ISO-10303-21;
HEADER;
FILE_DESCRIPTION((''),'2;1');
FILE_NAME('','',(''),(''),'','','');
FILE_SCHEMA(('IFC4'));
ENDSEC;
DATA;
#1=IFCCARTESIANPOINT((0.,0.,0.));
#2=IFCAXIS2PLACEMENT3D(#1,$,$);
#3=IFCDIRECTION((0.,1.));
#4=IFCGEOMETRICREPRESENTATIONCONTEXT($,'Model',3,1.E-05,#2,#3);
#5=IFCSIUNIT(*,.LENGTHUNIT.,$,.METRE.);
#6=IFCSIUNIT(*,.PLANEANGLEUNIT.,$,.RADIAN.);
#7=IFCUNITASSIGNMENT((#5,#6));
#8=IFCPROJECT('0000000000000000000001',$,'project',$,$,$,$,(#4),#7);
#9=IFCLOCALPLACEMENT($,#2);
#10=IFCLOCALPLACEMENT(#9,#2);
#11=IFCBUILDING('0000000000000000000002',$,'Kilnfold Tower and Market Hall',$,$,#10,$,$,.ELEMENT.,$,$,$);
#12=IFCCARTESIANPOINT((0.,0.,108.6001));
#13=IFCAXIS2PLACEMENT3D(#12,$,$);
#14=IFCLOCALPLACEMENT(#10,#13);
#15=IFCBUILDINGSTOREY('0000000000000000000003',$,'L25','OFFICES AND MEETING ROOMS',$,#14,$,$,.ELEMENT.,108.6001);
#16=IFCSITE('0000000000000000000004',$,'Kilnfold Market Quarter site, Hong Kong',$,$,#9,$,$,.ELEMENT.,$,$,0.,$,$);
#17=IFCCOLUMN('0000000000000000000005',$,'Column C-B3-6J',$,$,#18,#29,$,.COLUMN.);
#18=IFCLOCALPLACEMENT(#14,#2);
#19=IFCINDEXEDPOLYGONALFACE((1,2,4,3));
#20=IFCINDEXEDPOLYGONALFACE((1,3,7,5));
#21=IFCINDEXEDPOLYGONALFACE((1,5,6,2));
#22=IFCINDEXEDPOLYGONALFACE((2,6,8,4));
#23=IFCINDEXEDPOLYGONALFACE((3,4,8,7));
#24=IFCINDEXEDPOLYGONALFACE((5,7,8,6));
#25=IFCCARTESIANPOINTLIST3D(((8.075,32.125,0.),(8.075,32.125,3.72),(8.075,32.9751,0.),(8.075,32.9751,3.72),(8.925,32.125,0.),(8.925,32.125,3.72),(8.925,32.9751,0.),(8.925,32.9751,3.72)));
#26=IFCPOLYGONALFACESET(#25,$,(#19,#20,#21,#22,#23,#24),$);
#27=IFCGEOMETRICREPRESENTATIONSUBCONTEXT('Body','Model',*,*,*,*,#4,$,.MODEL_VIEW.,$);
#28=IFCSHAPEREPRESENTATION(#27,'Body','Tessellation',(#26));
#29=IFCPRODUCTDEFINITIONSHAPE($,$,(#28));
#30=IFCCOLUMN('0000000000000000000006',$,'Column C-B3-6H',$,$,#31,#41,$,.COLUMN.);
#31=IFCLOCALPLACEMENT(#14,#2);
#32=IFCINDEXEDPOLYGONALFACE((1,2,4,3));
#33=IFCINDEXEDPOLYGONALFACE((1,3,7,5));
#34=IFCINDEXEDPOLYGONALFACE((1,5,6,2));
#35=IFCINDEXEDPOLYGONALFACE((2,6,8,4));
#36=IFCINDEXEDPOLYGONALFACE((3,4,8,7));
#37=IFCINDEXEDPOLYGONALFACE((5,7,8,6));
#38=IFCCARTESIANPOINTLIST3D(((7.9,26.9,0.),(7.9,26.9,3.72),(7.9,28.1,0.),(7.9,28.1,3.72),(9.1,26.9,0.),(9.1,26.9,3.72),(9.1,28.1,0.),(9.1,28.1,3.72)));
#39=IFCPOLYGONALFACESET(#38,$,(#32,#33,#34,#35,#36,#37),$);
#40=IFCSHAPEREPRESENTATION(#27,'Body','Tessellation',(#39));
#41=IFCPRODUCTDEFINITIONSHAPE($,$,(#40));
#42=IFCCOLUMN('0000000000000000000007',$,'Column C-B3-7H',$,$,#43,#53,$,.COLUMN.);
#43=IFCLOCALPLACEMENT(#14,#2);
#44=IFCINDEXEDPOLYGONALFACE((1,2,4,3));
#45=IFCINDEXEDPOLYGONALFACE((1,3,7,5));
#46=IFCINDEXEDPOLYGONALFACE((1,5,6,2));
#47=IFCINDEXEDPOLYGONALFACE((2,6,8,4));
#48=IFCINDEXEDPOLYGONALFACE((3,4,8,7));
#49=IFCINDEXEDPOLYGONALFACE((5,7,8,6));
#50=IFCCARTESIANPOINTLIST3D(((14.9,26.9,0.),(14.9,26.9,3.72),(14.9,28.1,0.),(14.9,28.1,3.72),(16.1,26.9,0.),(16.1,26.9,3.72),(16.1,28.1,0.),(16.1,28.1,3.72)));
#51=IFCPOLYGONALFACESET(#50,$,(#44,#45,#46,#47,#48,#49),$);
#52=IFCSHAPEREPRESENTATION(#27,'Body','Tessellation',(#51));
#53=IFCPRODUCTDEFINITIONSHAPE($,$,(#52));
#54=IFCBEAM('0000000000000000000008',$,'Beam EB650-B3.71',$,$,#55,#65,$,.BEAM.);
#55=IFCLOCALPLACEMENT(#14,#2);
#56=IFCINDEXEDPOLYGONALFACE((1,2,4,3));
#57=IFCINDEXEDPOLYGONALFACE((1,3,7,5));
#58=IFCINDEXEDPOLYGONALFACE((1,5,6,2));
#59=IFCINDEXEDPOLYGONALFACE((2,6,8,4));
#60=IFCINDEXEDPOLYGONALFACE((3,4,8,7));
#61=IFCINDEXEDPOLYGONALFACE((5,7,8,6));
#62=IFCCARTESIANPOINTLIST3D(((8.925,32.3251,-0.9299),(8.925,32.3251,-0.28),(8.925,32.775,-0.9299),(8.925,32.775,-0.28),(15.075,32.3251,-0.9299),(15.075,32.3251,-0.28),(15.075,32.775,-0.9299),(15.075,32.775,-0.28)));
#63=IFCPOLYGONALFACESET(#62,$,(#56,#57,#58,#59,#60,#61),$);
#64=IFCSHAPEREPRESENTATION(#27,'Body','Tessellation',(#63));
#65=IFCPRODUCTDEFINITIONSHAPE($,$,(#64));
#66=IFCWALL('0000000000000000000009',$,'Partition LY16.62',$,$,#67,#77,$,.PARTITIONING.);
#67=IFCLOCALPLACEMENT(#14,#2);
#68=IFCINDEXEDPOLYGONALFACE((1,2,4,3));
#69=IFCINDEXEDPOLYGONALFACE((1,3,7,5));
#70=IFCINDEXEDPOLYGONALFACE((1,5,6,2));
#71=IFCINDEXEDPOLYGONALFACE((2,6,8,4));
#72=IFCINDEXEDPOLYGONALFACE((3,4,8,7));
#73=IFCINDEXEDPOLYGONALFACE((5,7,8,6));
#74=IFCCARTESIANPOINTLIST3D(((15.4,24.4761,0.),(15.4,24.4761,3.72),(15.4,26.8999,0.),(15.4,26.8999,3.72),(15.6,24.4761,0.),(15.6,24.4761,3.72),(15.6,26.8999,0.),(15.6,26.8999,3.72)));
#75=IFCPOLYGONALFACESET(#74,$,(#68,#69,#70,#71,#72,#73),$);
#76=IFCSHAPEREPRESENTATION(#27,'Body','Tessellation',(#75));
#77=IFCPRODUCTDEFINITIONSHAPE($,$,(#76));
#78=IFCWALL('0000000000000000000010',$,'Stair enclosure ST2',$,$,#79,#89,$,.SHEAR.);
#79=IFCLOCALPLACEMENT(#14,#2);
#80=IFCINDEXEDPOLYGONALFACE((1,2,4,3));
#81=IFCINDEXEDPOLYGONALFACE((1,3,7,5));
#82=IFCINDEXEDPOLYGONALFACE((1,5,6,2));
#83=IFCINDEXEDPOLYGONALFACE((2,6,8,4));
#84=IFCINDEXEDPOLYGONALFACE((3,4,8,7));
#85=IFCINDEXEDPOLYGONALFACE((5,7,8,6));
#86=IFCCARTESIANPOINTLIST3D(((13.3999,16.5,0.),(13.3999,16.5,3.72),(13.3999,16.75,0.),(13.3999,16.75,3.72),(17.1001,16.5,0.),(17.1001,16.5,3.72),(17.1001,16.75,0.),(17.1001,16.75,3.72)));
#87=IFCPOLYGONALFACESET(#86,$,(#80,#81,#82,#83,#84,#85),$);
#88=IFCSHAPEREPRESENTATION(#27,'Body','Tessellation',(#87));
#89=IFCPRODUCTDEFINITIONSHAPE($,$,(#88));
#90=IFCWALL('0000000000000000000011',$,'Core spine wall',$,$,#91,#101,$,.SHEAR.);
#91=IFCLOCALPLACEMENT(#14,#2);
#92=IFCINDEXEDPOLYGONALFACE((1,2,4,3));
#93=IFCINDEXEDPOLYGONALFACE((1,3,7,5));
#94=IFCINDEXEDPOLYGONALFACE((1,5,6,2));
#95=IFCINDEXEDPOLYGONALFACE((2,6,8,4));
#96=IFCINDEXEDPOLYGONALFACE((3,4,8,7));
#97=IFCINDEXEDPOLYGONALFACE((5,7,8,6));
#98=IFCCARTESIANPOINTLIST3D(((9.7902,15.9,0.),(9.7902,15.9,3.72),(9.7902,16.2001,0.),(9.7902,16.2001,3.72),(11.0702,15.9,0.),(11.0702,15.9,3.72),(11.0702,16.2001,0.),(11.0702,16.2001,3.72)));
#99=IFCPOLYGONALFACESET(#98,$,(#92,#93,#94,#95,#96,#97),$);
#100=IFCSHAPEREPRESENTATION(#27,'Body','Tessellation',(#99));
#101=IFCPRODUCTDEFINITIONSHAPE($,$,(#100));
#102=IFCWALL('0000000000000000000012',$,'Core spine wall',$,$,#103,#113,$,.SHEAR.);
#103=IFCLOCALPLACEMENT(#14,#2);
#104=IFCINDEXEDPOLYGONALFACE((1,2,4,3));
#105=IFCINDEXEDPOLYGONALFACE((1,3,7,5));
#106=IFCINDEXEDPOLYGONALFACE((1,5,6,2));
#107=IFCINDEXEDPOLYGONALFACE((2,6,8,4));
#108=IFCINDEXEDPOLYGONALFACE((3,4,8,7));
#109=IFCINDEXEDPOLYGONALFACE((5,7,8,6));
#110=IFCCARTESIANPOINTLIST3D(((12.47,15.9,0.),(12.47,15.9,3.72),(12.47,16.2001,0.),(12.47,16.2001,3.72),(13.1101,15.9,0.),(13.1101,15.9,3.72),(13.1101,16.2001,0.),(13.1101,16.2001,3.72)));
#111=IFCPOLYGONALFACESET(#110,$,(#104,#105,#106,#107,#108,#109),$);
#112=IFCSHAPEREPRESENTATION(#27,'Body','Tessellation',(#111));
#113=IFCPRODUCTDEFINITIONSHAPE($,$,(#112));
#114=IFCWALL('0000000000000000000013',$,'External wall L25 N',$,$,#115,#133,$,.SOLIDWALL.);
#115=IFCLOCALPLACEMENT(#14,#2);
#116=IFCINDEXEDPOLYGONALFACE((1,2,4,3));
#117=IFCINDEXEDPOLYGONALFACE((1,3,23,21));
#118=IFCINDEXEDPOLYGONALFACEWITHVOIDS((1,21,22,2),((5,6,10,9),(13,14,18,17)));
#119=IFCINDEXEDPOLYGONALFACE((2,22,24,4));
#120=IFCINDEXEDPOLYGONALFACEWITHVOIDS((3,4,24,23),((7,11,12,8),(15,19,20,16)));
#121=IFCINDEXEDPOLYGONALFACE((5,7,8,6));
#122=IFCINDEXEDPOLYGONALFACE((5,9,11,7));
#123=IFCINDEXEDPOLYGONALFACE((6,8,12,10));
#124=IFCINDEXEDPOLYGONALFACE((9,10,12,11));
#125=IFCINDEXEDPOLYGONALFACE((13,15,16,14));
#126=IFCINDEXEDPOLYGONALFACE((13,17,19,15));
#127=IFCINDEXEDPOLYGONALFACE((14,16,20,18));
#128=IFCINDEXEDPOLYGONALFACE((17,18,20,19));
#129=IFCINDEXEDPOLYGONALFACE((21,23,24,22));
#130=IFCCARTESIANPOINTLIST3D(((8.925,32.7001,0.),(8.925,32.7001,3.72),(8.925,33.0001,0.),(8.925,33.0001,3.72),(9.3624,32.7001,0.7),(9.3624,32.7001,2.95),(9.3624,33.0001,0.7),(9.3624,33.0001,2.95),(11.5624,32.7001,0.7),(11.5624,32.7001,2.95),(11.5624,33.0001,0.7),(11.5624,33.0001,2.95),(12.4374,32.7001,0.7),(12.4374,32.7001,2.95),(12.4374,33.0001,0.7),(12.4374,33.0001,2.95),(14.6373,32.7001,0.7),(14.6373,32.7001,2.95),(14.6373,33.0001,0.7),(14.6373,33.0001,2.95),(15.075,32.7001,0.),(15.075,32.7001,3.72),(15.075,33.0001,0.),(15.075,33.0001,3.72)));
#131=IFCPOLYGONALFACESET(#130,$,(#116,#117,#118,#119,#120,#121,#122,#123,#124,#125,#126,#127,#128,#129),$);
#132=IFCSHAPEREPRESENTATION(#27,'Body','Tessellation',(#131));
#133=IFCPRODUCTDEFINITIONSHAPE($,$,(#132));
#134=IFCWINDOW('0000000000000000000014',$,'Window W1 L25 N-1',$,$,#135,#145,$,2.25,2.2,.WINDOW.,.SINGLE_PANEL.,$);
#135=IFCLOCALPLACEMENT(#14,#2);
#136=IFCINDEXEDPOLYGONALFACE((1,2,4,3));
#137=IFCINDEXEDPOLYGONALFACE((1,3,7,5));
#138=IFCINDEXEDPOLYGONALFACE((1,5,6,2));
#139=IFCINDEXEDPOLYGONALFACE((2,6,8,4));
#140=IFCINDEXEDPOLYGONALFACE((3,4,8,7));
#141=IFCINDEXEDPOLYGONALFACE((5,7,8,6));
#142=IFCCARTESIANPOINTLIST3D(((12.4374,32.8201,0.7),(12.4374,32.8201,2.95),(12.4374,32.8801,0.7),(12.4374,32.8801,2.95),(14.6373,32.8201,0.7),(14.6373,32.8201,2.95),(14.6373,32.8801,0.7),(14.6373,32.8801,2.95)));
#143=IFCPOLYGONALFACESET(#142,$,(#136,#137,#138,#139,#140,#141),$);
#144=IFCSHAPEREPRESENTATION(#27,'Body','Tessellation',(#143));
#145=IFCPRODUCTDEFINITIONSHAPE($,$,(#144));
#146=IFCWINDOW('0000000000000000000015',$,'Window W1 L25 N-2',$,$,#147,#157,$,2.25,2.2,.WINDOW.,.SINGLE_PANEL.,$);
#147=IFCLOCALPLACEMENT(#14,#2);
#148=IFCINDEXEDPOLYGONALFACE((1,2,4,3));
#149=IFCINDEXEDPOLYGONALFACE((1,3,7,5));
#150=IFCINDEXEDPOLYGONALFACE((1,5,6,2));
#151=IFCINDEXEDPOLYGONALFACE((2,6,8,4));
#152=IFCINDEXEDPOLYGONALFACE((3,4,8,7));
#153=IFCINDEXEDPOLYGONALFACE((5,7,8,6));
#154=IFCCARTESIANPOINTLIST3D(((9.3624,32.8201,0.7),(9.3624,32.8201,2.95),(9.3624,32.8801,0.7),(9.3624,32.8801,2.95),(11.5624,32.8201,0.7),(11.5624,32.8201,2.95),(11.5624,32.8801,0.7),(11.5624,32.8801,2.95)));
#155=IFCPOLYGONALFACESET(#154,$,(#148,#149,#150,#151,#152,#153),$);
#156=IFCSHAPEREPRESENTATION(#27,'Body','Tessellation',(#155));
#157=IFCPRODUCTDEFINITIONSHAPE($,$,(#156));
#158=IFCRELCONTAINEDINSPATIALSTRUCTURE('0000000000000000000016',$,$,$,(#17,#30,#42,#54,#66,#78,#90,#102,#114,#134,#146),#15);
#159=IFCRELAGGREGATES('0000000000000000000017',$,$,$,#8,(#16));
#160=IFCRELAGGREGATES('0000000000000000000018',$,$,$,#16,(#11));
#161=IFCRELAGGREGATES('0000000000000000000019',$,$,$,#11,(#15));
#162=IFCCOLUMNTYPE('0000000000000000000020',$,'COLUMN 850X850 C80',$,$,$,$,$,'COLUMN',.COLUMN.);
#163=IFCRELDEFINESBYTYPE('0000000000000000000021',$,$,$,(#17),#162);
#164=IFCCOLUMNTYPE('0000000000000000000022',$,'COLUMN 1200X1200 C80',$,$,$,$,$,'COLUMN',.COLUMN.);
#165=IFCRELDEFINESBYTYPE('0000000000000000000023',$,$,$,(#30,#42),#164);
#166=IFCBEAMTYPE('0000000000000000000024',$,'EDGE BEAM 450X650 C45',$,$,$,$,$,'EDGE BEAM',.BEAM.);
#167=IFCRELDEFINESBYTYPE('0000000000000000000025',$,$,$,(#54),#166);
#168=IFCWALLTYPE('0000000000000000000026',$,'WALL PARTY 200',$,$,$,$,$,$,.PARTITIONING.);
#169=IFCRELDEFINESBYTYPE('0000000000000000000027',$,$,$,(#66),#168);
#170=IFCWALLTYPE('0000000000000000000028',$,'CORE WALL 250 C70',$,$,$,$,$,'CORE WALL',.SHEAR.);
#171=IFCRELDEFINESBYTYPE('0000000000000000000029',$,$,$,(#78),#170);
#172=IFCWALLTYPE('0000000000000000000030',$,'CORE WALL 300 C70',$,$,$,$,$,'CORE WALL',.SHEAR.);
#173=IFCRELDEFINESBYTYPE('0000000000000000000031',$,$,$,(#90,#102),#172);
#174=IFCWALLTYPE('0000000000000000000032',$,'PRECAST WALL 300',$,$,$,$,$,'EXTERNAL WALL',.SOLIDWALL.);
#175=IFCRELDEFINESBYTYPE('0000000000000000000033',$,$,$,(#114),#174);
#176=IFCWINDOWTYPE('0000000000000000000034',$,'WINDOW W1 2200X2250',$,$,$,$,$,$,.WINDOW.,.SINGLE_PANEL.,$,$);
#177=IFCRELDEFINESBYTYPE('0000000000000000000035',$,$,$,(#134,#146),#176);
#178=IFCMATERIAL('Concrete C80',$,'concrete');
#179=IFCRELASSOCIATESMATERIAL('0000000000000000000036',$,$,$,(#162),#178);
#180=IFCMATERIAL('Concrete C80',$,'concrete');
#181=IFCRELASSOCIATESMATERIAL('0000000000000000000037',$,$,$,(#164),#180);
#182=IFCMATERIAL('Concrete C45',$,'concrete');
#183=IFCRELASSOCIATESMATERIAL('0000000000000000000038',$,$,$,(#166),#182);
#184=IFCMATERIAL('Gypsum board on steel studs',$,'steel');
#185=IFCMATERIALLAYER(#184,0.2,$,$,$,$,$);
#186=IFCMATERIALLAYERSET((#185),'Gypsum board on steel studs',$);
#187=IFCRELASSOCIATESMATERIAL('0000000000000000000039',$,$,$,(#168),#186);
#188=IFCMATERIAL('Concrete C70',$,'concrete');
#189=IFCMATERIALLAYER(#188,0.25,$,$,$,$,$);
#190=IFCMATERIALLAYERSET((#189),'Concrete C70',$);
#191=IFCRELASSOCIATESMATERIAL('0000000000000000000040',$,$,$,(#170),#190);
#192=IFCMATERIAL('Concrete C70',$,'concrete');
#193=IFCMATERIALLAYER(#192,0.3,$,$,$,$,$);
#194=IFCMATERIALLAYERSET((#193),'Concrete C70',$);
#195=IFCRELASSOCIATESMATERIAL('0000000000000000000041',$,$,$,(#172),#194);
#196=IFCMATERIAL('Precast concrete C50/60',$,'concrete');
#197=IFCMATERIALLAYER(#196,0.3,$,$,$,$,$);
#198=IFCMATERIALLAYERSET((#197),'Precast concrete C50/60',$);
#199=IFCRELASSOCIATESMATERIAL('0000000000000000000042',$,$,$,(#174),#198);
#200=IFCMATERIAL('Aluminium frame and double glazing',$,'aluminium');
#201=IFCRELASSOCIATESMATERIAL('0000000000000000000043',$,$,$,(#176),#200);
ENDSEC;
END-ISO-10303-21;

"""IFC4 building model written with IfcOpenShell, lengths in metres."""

from ifc_helpers import new_model, si_unit, direction, frame, frame_2d, origin, origin_2d, place, context, subcontext, project, spatial, rectangle, extrude, source, transform, mapped, material, layer, layer_set, material_profile, profile_set, type_object, element, fill, save


model = new_model("IFC4")

# Units and contexts
model_context = context("Model", 3, precision=1e-05, world=origin(), true_north=direction((0.0, 1.0)))
body_context = subcontext(model_context, "Body", "Model", "MODEL_VIEW")
ifc_project = project(units=[si_unit("LENGTHUNIT", "METRE"), si_unit("PLANEANGLEUNIT", "RADIAN")], contexts=[model_context])

# Site, building, storey
site_placement = place(None, origin())
site = spatial("IfcSite", under=ifc_project, at=site_placement, Name="Kilnfold Market Quarter site, Hong Kong", CompositionType="ELEMENT", RefElevation=0.0)
building_placement = place(site_placement, origin())
building = spatial("IfcBuilding", under=site, at=building_placement, Name="Kilnfold Tower and Market Hall", CompositionType="ELEMENT")
storey_placement = place(building_placement, frame((0.0, 0.0, 108.6001)))
storey = spatial("IfcBuildingStorey", under=building, at=storey_placement, Name="L25", Description="OFFICES AND MEETING ROOMS", CompositionType="ELEMENT", Elevation=108.6001)

# Columns
ifc_material_1 = material(Name="Concrete C80", Category="concrete")
ifc_material_profile_1 = material_profile(ifc_material_1, rectangle(XDim=0.8501, YDim=0.8501, at=origin_2d()), Name="RC 850x850")
ifc_profile_set_1 = profile_set([ifc_material_profile_1], Name="Concrete C80")
column_type_1 = type_object("IfcColumnType", Name="COLUMN 850X850 C80", ElementType="COLUMN", PredefinedType="COLUMN", material=ifc_profile_set_1)
shared_shape_1 = source(origin(), body_context, "Body", "SweptSolid", [
    extrude(rectangle(XDim=0.8501, YDim=0.8501, at=origin_2d()), origin(), (0.0, 0.0, 1.0), 3.72),
])
column_placement = place(storey_placement, frame((8.5, 32.55, 0.0), z_axis=(0.0, 0.0, 1.0), x_axis=(1.0, 0.0, 0.0)))
element("IfcColumn", 1, at=column_placement, inside=storey, type_object=column_type_1, Name="Column C-B3-6J", PredefinedType="COLUMN", context=body_context, shape_type="MappedRepresentation", body=[
    mapped(shared_shape_1, transform((0.0, 0.0, 0.0))),
])
ifc_material_2 = material(Name="Concrete C80", Category="concrete")
ifc_material_profile_2 = material_profile(ifc_material_2, rectangle(XDim=1.2, YDim=1.2, at=origin_2d()), Name="RC 1200x1200")
ifc_profile_set_2 = profile_set([ifc_material_profile_2], Name="Concrete C80")
column_type_2 = type_object("IfcColumnType", Name="COLUMN 1200X1200 C80", ElementType="COLUMN", PredefinedType="COLUMN", material=ifc_profile_set_2)
shared_shape_2 = source(origin(), body_context, "Body", "SweptSolid", [
    extrude(rectangle(XDim=1.2, YDim=1.2, at=origin_2d()), origin(), (0.0, 0.0, 1.0), 3.72),
])
for number, where, z_axis, x_axis, name in (
    (2, (8.5, 27.5, 0.0), (0.0, 0.0, 1.0), (1.0, 0.0, 0.0), "Column C-B3-6H"),
    (3, (15.5, 27.5, 0.0), (0.0, 0.0, 1.0), (1.0, 0.0, 0.0), "Column C-B3-7H"),
):
    element("IfcColumn", number, at=place(storey_placement, frame(where, z_axis=z_axis, x_axis=x_axis)), inside=storey, type_object=column_type_2, Name=name, PredefinedType="COLUMN", context=body_context, shape_type="MappedRepresentation", body=[
        mapped(shared_shape_2, transform((0.0, 0.0, 0.0))),
    ])

# Beam
ifc_material_3 = material(Name="Concrete C45", Category="concrete")
ifc_material_profile_3 = material_profile(ifc_material_3, rectangle(XDim=0.45, YDim=0.6499, at=origin_2d()), Name="RC 450x650")
ifc_profile_set_3 = profile_set([ifc_material_profile_3], Name="Concrete C45")
beam_type = type_object("IfcBeamType", Name="EDGE BEAM 450X650 C45", ElementType="EDGE BEAM", PredefinedType="BEAM", material=ifc_profile_set_3)
shared_shape_3 = source(origin(), body_context, "Body", "SweptSolid", [
    extrude(rectangle(XDim=0.45, YDim=0.6499, at=origin_2d()), origin(), (0.0, 0.0, 1.0), 6.1499),
])
beam_placement = place(storey_placement, frame((8.925, 32.55, -0.605), z_axis=(1.0, 0.0, 0.0), x_axis=(0.0, 1.0, 0.0)))
element("IfcBeam", 4, at=beam_placement, inside=storey, type_object=beam_type, Name="Beam EB650-B3.71", PredefinedType="BEAM", context=body_context, shape_type="MappedRepresentation", body=[
    mapped(shared_shape_3, transform((0.0, 0.0, 0.0))),
])

# Walls
ifc_material_4 = material(Name="Gypsum board on steel studs", Category="steel")
ifc_layer_1 = layer(ifc_material_4, 0.2)
ifc_layer_set_1 = layer_set([ifc_layer_1], Name="Gypsum board on steel studs")
wall_type_1 = type_object("IfcWallType", Name="WALL PARTY 200", PredefinedType="PARTITIONING", material=ifc_layer_set_1)
wall_1_placement = place(storey_placement, frame((15.5, 24.4761, 0.0), z_axis=(0.0, 0.0, 1.0), x_axis=(0.0, 1.0, 0.0)))
element("IfcWall", 5, at=wall_1_placement, inside=storey, type_object=wall_type_1, Name="Partition LY16.62", PredefinedType="PARTITIONING", context=body_context, shape_type="SweptSolid", body=[
    extrude(rectangle(XDim=2.4238, YDim=0.2, at=frame_2d((1.2119, 0.0))), origin(), (0.0, 0.0, 1.0), 3.72),
])
ifc_material_5 = material(Name="Concrete C70", Category="concrete")
ifc_layer_2 = layer(ifc_material_5, 0.25)
ifc_layer_set_2 = layer_set([ifc_layer_2], Name="Concrete C70")
wall_type_2 = type_object("IfcWallType", Name="CORE WALL 250 C70", ElementType="CORE WALL", PredefinedType="SHEAR", material=ifc_layer_set_2)
shared_shape_4 = source(origin(), body_context, "Body", "SweptSolid", [
    extrude(rectangle(XDim=3.7002, YDim=0.25, at=frame_2d((1.8501, 0.0))), origin(), (0.0, 0.0, 1.0), 3.72),
])
wall_2_placement = place(storey_placement, frame((13.3999, 16.625, 0.0), z_axis=(0.0, 0.0, 1.0), x_axis=(1.0, 0.0, 0.0)))
element("IfcWall", 6, at=wall_2_placement, inside=storey, type_object=wall_type_2, Name="Stair enclosure ST2", PredefinedType="SHEAR", context=body_context, shape_type="MappedRepresentation", body=[
    mapped(shared_shape_4, transform((0.0, 0.0, 0.0))),
])
ifc_material_6 = material(Name="Concrete C70", Category="concrete")
ifc_layer_3 = layer(ifc_material_6, 0.3)
ifc_layer_set_3 = layer_set([ifc_layer_3], Name="Concrete C70")
wall_type_3 = type_object("IfcWallType", Name="CORE WALL 300 C70", ElementType="CORE WALL", PredefinedType="SHEAR", material=ifc_layer_set_3)
shared_shape_5 = source(origin(), body_context, "Body", "SweptSolid", [
    extrude(rectangle(XDim=1.28, YDim=0.3, at=frame_2d((0.6401, 0.0))), origin(), (0.0, 0.0, 1.0), 3.72),
])
wall_3_placement = place(storey_placement, frame((9.79, 16.05, 0.0), z_axis=(0.0, 0.0, 1.0), x_axis=(1.0, 0.0, 0.0)))
element("IfcWall", 7, at=wall_3_placement, inside=storey, type_object=wall_type_3, Name="Core spine wall", PredefinedType="SHEAR", context=body_context, shape_type="MappedRepresentation", body=[
    mapped(shared_shape_5, transform((0.0, 0.0, 0.0))),
])
shared_shape_6 = source(origin(), body_context, "Body", "SweptSolid", [
    extrude(rectangle(XDim=0.6401, YDim=0.3, at=frame_2d((0.3201, 0.0))), origin(), (0.0, 0.0, 1.0), 3.72),
])
wall_4_placement = place(storey_placement, frame((12.47, 16.05, 0.0), z_axis=(0.0, 0.0, 1.0), x_axis=(1.0, 0.0, 0.0)))
element("IfcWall", 8, at=wall_4_placement, inside=storey, type_object=wall_type_3, Name="Core spine wall", PredefinedType="SHEAR", context=body_context, shape_type="MappedRepresentation", body=[
    mapped(shared_shape_6, transform((0.0, 0.0, 0.0))),
])

# Wall, openings, windows
ifc_material_7 = material(Name="Precast concrete C50/60", Category="concrete")
ifc_layer_4 = layer(ifc_material_7, 0.3)
ifc_layer_set_4 = layer_set([ifc_layer_4], Name="Precast concrete C50/60")
wall_type_4 = type_object("IfcWallType", Name="PRECAST WALL 300", ElementType="EXTERNAL WALL", PredefinedType="SOLIDWALL", material=ifc_layer_set_4)
shared_shape_7 = source(origin(), body_context, "Body", "SweptSolid", [
    extrude(rectangle(XDim=6.1499, YDim=0.3, at=frame_2d((3.075, 0.0))), origin(), (0.0, 0.0, 1.0), 3.72),
])
wall_5_placement = place(storey_placement, frame((15.075, 32.8501, 0.0), z_axis=(0.0, 0.0, 1.0), x_axis=(-1.0, 0.0, 0.0)))
wall_5 = element("IfcWall", 9, at=wall_5_placement, inside=storey, type_object=wall_type_4, Name="External wall L25 N", PredefinedType="SOLIDWALL", context=body_context, shape_type="MappedRepresentation", body=[
    mapped(shared_shape_7, transform((0.0, 0.0, 0.0))),
])
opening_1_placement = place(wall_5_placement, frame((0.4375, 0.0, 0.7)))
opening_1 = element("IfcOpeningElement", 10, at=opening_1_placement, cuts=wall_5, PredefinedType="OPENING", context=body_context, shape_type="SweptSolid", body=[
    extrude(rectangle(XDim=2.2, YDim=2.25, at=frame_2d((1.1001, 1.125))), frame((0.0, 0.1602, 0.0), z_axis=(0.0, -1.0, 0.0), x_axis=(1.0, 0.0, 0.0)), (0.0, 0.0, 1.0), 0.3201),
])
opening_2_placement = place(wall_5_placement, frame((3.5125, 0.0, 0.7)))
opening_2 = element("IfcOpeningElement", 11, at=opening_2_placement, cuts=wall_5, PredefinedType="OPENING", context=body_context, shape_type="SweptSolid", body=[
    extrude(rectangle(XDim=2.2, YDim=2.25, at=frame_2d((1.1001, 1.125))), frame((0.0, 0.1602, 0.0), z_axis=(0.0, -1.0, 0.0), x_axis=(1.0, 0.0, 0.0)), (0.0, 0.0, 1.0), 0.3201),
])
ifc_material_8 = material(Name="Aluminium frame and double glazing", Category="aluminium")
window_type = type_object("IfcWindowType", Name="WINDOW W1 2200X2250", PartitioningType="SINGLE_PANEL", PredefinedType="WINDOW", material=ifc_material_8)
window_1_placement = place(opening_1_placement, origin())
window_1 = element("IfcWindow", 12, at=window_1_placement, inside=storey, type_object=window_type, Name="Window W1 L25 N-1", OverallHeight=2.25, OverallWidth=2.2, PartitioningType="SINGLE_PANEL", PredefinedType="WINDOW", context=body_context, shape_type="SweptSolid", body=[
    extrude(rectangle(XDim=2.2, YDim=2.25, at=frame_2d((1.1001, 1.125))), frame((0.0, 0.03, 0.0), z_axis=(0.0, -1.0, 0.0), x_axis=(1.0, 0.0, 0.0)), (0.0, 0.0, 1.0), 0.0601),
])
fill(opening_1, window_1)
window_2_placement = place(opening_2_placement, origin())
window_2 = element("IfcWindow", 13, at=window_2_placement, inside=storey, type_object=window_type, Name="Window W1 L25 N-2", OverallHeight=2.25, OverallWidth=2.2, PartitioningType="SINGLE_PANEL", PredefinedType="WINDOW", context=body_context, shape_type="SweptSolid", body=[
    extrude(rectangle(XDim=2.2, YDim=2.25, at=frame_2d((1.1001, 1.125))), frame((0.0, 0.03, 0.0), z_axis=(0.0, -1.0, 0.0), x_axis=(1.0, 0.0, 0.0)), (0.0, 0.0, 1.0), 0.0601),
])
fill(opening_2, window_2)

save(model, "model.ifc")
